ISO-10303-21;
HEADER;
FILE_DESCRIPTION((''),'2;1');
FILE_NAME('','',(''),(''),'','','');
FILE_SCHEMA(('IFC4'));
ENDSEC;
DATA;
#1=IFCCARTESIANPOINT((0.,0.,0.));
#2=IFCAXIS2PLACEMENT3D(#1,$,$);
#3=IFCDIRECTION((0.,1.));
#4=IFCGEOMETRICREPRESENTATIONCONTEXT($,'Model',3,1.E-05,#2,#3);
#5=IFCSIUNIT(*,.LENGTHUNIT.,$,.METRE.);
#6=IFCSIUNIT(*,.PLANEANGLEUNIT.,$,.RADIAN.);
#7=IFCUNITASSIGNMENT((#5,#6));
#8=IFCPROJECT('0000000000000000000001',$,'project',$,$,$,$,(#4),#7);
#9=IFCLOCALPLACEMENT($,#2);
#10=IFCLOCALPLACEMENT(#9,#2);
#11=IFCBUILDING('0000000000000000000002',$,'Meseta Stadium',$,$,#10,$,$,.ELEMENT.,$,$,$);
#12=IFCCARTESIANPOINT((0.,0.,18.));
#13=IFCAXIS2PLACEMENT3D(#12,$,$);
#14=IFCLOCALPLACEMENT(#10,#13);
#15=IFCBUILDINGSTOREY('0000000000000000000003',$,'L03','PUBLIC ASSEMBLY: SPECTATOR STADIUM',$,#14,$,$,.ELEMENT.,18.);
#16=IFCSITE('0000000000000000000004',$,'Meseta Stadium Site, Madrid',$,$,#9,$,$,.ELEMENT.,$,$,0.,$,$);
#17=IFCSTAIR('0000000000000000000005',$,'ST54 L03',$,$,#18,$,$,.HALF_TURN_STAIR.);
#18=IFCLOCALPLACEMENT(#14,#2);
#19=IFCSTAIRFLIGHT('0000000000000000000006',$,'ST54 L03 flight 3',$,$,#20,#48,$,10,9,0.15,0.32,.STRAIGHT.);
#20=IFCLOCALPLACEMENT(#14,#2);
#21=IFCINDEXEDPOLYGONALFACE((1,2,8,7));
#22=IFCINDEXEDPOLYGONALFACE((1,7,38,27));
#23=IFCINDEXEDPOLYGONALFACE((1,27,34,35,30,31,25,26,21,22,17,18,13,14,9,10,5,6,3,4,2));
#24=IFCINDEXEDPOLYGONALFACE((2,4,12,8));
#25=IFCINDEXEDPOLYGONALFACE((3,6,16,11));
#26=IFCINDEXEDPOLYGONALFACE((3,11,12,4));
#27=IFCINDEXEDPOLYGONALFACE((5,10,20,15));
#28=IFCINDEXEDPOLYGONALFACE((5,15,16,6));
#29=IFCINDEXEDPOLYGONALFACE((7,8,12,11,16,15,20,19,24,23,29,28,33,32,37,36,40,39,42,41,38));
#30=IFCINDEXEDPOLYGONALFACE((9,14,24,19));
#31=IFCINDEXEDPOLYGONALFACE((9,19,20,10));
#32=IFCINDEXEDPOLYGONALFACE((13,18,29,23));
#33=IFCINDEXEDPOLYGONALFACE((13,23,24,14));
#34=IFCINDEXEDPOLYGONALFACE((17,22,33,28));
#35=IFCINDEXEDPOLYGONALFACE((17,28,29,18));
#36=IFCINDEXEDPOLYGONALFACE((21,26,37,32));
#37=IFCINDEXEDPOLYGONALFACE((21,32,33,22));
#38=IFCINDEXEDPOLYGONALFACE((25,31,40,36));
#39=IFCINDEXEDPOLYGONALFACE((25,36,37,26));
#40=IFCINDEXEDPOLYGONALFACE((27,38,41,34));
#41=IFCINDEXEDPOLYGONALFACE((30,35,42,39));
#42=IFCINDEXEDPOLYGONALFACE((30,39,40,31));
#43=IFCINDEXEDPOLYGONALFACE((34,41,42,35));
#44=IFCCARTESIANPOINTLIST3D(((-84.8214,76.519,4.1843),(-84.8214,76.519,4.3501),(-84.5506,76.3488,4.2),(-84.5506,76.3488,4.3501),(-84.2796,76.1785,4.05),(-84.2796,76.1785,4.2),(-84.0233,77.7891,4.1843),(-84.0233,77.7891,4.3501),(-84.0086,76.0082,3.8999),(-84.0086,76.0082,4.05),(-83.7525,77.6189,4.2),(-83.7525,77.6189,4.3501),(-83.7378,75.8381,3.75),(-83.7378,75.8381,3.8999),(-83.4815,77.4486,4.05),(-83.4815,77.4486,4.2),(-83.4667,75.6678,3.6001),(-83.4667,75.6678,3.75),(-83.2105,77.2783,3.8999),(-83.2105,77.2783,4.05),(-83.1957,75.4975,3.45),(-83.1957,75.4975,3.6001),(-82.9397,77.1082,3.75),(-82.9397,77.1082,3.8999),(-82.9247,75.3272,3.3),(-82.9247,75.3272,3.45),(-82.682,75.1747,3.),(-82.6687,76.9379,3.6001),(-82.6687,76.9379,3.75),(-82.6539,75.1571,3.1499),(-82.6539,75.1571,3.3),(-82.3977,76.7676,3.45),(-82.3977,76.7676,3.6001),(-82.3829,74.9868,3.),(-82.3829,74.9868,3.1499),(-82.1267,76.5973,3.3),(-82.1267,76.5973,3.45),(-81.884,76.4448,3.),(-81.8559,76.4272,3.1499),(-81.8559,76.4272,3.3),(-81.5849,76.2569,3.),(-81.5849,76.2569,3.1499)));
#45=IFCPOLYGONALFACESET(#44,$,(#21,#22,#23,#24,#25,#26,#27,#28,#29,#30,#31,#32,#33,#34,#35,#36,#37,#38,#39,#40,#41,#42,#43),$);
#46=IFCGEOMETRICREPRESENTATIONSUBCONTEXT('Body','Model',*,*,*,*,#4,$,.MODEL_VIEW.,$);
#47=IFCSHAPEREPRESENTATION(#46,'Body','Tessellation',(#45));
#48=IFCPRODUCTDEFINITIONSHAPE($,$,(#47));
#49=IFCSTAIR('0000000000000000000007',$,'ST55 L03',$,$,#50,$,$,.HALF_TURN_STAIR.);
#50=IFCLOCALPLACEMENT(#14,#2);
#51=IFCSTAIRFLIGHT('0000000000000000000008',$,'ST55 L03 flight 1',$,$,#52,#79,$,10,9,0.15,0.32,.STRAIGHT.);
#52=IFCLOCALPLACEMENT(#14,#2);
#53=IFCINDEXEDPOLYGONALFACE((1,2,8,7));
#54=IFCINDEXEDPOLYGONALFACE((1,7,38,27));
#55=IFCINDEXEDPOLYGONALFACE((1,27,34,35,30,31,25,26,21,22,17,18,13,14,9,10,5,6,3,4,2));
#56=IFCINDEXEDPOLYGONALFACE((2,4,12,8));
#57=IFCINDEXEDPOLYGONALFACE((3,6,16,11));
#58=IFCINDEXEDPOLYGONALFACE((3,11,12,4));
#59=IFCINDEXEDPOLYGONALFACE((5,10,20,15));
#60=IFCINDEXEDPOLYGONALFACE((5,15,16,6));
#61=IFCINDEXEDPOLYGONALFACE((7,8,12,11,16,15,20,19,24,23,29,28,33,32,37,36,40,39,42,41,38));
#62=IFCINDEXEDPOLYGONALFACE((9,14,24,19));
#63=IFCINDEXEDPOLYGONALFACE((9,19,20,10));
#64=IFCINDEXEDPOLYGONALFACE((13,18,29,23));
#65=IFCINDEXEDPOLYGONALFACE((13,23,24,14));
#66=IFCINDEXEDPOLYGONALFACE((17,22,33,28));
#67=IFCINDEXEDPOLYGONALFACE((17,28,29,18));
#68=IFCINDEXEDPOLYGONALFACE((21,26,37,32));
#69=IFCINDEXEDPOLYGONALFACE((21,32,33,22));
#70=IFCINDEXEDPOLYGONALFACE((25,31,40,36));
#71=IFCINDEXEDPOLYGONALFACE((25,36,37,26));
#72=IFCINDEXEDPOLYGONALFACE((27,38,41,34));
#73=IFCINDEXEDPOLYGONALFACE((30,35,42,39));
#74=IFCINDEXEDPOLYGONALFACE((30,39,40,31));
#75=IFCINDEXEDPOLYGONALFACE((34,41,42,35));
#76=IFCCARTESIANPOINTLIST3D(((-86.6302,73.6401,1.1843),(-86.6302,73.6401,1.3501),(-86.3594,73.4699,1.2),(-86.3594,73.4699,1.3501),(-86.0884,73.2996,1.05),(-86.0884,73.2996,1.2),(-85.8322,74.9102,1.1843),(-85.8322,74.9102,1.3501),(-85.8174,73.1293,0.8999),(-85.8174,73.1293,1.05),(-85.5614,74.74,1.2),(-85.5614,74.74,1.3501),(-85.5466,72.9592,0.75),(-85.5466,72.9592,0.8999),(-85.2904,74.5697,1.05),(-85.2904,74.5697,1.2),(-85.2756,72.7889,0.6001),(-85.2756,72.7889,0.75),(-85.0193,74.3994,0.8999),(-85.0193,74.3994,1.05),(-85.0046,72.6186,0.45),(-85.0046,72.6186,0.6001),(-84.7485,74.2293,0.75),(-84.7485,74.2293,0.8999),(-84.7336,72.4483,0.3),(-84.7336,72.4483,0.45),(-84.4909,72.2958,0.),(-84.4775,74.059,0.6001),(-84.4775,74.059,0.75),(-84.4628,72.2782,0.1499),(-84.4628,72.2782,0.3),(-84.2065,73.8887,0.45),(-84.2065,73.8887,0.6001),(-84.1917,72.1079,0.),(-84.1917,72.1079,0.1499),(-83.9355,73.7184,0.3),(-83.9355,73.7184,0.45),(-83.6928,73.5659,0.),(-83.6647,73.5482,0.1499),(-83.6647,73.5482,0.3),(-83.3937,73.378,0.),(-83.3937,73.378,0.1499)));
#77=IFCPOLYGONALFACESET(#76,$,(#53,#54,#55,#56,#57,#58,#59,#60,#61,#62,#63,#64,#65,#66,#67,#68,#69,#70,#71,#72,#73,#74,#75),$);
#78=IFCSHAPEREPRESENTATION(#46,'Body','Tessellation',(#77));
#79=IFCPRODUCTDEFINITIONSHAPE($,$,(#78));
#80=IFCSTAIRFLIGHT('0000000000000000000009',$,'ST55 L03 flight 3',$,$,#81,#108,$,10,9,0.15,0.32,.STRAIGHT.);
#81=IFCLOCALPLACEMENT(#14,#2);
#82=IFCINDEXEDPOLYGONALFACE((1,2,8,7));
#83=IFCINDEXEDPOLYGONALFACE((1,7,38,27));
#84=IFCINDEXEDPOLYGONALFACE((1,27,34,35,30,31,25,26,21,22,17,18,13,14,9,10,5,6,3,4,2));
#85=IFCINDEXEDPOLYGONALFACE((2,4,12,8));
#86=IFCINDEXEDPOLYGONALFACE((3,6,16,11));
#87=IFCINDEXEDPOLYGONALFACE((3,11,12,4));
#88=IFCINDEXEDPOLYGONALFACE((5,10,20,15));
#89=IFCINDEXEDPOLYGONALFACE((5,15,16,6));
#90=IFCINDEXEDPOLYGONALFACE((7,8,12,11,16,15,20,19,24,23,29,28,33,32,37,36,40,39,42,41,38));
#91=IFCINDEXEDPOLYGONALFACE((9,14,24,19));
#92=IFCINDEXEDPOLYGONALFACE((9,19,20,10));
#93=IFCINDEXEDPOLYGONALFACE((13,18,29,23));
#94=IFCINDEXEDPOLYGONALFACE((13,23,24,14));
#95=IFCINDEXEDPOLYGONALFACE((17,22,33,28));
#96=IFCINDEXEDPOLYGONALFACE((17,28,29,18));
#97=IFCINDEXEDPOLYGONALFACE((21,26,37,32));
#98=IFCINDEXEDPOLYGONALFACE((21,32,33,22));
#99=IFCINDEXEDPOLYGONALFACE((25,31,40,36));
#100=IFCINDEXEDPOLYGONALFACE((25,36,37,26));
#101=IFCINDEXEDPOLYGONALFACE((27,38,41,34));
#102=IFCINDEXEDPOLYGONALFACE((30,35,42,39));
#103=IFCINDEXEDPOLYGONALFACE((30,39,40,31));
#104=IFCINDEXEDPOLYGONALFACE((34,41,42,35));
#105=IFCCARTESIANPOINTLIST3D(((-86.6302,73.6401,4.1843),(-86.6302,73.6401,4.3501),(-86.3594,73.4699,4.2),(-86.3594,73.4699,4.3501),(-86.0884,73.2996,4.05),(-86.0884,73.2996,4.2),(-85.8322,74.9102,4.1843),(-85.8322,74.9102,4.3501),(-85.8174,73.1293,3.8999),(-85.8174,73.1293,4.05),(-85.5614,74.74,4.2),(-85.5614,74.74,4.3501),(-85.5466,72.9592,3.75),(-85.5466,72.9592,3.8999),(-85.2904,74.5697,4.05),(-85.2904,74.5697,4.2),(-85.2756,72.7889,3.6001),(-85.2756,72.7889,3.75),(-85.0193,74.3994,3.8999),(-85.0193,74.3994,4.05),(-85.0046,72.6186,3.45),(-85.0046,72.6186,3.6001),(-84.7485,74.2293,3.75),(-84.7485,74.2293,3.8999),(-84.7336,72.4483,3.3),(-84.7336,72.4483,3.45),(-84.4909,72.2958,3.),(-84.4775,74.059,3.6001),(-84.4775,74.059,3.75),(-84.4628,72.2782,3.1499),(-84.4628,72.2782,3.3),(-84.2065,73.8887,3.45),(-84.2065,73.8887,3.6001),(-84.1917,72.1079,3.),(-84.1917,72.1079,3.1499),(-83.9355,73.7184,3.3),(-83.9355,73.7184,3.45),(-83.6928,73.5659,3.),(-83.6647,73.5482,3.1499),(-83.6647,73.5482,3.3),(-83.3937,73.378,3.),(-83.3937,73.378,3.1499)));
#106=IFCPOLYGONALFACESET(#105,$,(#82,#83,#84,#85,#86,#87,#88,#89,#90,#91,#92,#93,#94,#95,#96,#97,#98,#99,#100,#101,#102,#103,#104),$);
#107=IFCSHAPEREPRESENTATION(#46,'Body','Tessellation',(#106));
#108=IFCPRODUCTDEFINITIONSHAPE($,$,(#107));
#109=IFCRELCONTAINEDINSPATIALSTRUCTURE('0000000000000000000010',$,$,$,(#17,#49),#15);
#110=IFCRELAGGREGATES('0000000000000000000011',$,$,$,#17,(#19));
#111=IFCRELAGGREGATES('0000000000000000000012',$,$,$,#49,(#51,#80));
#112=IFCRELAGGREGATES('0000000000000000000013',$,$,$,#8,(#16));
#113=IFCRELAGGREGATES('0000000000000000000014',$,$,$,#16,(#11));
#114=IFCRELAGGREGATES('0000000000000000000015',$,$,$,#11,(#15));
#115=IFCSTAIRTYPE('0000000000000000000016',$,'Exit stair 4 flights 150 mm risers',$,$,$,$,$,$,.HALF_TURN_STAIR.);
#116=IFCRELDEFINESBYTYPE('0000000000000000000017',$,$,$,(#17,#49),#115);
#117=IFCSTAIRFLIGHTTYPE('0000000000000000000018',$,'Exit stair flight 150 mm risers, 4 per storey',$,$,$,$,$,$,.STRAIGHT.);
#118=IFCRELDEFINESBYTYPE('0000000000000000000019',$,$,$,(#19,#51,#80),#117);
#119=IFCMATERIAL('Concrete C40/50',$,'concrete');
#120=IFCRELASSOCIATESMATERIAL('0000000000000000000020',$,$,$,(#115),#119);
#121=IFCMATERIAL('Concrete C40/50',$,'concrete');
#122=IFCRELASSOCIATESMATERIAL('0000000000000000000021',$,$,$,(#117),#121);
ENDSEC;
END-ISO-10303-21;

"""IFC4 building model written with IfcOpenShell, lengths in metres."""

from ifc_helpers import new_model, si_unit, direction, frame, origin, place, context, subcontext, project, spatial, polyline, outline, extrude, material, type_object, element, aggregate, save


model = new_model("IFC4")

# Units and contexts
model_context = context("Model", 3, precision=1e-05, world=origin(), true_north=direction((0.0, 1.0)))
body_context = subcontext(model_context, "Body", "Model", "MODEL_VIEW")
ifc_project = project(units=[si_unit("LENGTHUNIT", "METRE"), si_unit("PLANEANGLEUNIT", "RADIAN")], contexts=[model_context])

# Site, building, storey
site_placement = place(None, origin())
site = spatial("IfcSite", under=ifc_project, at=site_placement, Name="Meseta Stadium Site, Madrid", CompositionType="ELEMENT", RefElevation=0.0)
building_placement = place(site_placement, origin())
building = spatial("IfcBuilding", under=site, at=building_placement, Name="Meseta Stadium", CompositionType="ELEMENT")
storey_placement = place(building_placement, frame((0.0, 0.0, 18.0)))
storey = spatial("IfcBuildingStorey", under=building, at=storey_placement, Name="L03", Description="PUBLIC ASSEMBLY: SPECTATOR STADIUM", CompositionType="ELEMENT", Elevation=18.0)

# Stairs, stair flights
ifc_material_1 = material(Name="Concrete C40/50", Category="concrete")
stair_type = type_object("IfcStairType", Name="Exit stair 4 flights 150 mm risers", PredefinedType="HALF_TURN_STAIR", material=ifc_material_1)
stair_1_placement = place(storey_placement, origin())
stair_1 = element("IfcStair", 1, at=stair_1_placement, inside=storey, type_object=stair_type, Name="ST54 L03", PredefinedType="HALF_TURN_STAIR")
ifc_material_2 = material(Name="Concrete C40/50", Category="concrete")
stair_flight_type = type_object("IfcStairFlightType", Name="Exit stair flight 150 mm risers, 4 per storey", PredefinedType="STRAIGHT", material=ifc_material_2)
stair_flight_1_placement = place(storey_placement, frame((-81.9839, 75.6218, 3.0), z_axis=(0.0, 0.0, 1.0), x_axis=(-0.846724, 0.532032, 0.0)))
stair_flight_1 = element("IfcStairFlight", 2, at=stair_flight_1_placement, type_object=stair_flight_type, Name="ST54 L03 flight 3", NumberOfRisers=10, NumberOfTreads=9, PredefinedType="STRAIGHT", RiserHeight=0.15, TreadLength=0.32, context=body_context, shape_type="SweptSolid", body=[
    extrude(outline(polyline([(0.0, 0.0), (0.0, 0.1499), (0.3201, 0.1499), (0.3201, 0.3), (0.6399, 0.3), (0.6399, 0.45), (0.96, 0.45), (0.96, 0.6001), (1.28, 0.6001), (1.28, 0.75), (1.6001, 0.75), (1.6001, 0.8999), (1.9199, 0.8999), (1.9199, 1.05), (2.24, 1.05), (2.24, 1.2), (2.5601, 1.2), (2.5601, 1.3501), (2.8799, 1.3501), (2.8799, 1.1843), (0.3533, 0.0), (0.0, 0.0)])), frame((0.0, 0.75, 0.0), z_axis=(0.0, -1.0, 0.0), x_axis=(1.0, 0.0, 0.0)), (0.0, 0.0, 1.0), 1.5),
])
aggregate(stair_1, [stair_flight_1])
stair_2_placement = place(storey_placement, origin())
stair_2 = element("IfcStair", 3, at=stair_2_placement, inside=storey, type_object=stair_type, Name="ST55 L03", PredefinedType="HALF_TURN_STAIR")
stair_flight_2_placement = place(storey_placement, frame((-83.7927, 72.7429, 0.0), z_axis=(0.0, 0.0, 1.0), x_axis=(-0.846724, 0.532032, 0.0)))
stair_flight_2 = element("IfcStairFlight", 4, at=stair_flight_2_placement, type_object=stair_flight_type, Name="ST55 L03 flight 1", NumberOfRisers=10, NumberOfTreads=9, PredefinedType="STRAIGHT", RiserHeight=0.15, TreadLength=0.32, context=body_context, shape_type="SweptSolid", body=[
    extrude(outline(polyline([(0.0, 0.0), (0.0, 0.1499), (0.3201, 0.1499), (0.3201, 0.3), (0.6399, 0.3), (0.6399, 0.45), (0.96, 0.45), (0.96, 0.6001), (1.28, 0.6001), (1.28, 0.75), (1.6001, 0.75), (1.6001, 0.8999), (1.9199, 0.8999), (1.9199, 1.05), (2.24, 1.05), (2.24, 1.2), (2.5601, 1.2), (2.5601, 1.3501), (2.8799, 1.3501), (2.8799, 1.1843), (0.3533, 0.0), (0.0, 0.0)])), frame((0.0, 0.75, 0.0), z_axis=(0.0, -1.0, 0.0), x_axis=(1.0, 0.0, 0.0)), (0.0, 0.0, 1.0), 1.5),
])
stair_flight_3_placement = place(storey_placement, frame((-83.7927, 72.7429, 3.0), z_axis=(0.0, 0.0, 1.0), x_axis=(-0.846724, 0.532032, 0.0)))
stair_flight_3 = element("IfcStairFlight", 5, at=stair_flight_3_placement, type_object=stair_flight_type, Name="ST55 L03 flight 3", NumberOfRisers=10, NumberOfTreads=9, PredefinedType="STRAIGHT", RiserHeight=0.15, TreadLength=0.32, context=body_context, shape_type="SweptSolid", body=[
    extrude(outline(polyline([(0.0, 0.0), (0.0, 0.1499), (0.3201, 0.1499), (0.3201, 0.3), (0.6399, 0.3), (0.6399, 0.45), (0.96, 0.45), (0.96, 0.6001), (1.28, 0.6001), (1.28, 0.75), (1.6001, 0.75), (1.6001, 0.8999), (1.9199, 0.8999), (1.9199, 1.05), (2.24, 1.05), (2.24, 1.2), (2.5601, 1.2), (2.5601, 1.3501), (2.8799, 1.3501), (2.8799, 1.1843), (0.3533, 0.0), (0.0, 0.0)])), frame((0.0, 0.75, 0.0), z_axis=(0.0, -1.0, 0.0), x_axis=(1.0, 0.0, 0.0)), (0.0, 0.0, 1.0), 1.5),
])
aggregate(stair_2, [stair_flight_2, stair_flight_3])

save(model, "model.ifc")
